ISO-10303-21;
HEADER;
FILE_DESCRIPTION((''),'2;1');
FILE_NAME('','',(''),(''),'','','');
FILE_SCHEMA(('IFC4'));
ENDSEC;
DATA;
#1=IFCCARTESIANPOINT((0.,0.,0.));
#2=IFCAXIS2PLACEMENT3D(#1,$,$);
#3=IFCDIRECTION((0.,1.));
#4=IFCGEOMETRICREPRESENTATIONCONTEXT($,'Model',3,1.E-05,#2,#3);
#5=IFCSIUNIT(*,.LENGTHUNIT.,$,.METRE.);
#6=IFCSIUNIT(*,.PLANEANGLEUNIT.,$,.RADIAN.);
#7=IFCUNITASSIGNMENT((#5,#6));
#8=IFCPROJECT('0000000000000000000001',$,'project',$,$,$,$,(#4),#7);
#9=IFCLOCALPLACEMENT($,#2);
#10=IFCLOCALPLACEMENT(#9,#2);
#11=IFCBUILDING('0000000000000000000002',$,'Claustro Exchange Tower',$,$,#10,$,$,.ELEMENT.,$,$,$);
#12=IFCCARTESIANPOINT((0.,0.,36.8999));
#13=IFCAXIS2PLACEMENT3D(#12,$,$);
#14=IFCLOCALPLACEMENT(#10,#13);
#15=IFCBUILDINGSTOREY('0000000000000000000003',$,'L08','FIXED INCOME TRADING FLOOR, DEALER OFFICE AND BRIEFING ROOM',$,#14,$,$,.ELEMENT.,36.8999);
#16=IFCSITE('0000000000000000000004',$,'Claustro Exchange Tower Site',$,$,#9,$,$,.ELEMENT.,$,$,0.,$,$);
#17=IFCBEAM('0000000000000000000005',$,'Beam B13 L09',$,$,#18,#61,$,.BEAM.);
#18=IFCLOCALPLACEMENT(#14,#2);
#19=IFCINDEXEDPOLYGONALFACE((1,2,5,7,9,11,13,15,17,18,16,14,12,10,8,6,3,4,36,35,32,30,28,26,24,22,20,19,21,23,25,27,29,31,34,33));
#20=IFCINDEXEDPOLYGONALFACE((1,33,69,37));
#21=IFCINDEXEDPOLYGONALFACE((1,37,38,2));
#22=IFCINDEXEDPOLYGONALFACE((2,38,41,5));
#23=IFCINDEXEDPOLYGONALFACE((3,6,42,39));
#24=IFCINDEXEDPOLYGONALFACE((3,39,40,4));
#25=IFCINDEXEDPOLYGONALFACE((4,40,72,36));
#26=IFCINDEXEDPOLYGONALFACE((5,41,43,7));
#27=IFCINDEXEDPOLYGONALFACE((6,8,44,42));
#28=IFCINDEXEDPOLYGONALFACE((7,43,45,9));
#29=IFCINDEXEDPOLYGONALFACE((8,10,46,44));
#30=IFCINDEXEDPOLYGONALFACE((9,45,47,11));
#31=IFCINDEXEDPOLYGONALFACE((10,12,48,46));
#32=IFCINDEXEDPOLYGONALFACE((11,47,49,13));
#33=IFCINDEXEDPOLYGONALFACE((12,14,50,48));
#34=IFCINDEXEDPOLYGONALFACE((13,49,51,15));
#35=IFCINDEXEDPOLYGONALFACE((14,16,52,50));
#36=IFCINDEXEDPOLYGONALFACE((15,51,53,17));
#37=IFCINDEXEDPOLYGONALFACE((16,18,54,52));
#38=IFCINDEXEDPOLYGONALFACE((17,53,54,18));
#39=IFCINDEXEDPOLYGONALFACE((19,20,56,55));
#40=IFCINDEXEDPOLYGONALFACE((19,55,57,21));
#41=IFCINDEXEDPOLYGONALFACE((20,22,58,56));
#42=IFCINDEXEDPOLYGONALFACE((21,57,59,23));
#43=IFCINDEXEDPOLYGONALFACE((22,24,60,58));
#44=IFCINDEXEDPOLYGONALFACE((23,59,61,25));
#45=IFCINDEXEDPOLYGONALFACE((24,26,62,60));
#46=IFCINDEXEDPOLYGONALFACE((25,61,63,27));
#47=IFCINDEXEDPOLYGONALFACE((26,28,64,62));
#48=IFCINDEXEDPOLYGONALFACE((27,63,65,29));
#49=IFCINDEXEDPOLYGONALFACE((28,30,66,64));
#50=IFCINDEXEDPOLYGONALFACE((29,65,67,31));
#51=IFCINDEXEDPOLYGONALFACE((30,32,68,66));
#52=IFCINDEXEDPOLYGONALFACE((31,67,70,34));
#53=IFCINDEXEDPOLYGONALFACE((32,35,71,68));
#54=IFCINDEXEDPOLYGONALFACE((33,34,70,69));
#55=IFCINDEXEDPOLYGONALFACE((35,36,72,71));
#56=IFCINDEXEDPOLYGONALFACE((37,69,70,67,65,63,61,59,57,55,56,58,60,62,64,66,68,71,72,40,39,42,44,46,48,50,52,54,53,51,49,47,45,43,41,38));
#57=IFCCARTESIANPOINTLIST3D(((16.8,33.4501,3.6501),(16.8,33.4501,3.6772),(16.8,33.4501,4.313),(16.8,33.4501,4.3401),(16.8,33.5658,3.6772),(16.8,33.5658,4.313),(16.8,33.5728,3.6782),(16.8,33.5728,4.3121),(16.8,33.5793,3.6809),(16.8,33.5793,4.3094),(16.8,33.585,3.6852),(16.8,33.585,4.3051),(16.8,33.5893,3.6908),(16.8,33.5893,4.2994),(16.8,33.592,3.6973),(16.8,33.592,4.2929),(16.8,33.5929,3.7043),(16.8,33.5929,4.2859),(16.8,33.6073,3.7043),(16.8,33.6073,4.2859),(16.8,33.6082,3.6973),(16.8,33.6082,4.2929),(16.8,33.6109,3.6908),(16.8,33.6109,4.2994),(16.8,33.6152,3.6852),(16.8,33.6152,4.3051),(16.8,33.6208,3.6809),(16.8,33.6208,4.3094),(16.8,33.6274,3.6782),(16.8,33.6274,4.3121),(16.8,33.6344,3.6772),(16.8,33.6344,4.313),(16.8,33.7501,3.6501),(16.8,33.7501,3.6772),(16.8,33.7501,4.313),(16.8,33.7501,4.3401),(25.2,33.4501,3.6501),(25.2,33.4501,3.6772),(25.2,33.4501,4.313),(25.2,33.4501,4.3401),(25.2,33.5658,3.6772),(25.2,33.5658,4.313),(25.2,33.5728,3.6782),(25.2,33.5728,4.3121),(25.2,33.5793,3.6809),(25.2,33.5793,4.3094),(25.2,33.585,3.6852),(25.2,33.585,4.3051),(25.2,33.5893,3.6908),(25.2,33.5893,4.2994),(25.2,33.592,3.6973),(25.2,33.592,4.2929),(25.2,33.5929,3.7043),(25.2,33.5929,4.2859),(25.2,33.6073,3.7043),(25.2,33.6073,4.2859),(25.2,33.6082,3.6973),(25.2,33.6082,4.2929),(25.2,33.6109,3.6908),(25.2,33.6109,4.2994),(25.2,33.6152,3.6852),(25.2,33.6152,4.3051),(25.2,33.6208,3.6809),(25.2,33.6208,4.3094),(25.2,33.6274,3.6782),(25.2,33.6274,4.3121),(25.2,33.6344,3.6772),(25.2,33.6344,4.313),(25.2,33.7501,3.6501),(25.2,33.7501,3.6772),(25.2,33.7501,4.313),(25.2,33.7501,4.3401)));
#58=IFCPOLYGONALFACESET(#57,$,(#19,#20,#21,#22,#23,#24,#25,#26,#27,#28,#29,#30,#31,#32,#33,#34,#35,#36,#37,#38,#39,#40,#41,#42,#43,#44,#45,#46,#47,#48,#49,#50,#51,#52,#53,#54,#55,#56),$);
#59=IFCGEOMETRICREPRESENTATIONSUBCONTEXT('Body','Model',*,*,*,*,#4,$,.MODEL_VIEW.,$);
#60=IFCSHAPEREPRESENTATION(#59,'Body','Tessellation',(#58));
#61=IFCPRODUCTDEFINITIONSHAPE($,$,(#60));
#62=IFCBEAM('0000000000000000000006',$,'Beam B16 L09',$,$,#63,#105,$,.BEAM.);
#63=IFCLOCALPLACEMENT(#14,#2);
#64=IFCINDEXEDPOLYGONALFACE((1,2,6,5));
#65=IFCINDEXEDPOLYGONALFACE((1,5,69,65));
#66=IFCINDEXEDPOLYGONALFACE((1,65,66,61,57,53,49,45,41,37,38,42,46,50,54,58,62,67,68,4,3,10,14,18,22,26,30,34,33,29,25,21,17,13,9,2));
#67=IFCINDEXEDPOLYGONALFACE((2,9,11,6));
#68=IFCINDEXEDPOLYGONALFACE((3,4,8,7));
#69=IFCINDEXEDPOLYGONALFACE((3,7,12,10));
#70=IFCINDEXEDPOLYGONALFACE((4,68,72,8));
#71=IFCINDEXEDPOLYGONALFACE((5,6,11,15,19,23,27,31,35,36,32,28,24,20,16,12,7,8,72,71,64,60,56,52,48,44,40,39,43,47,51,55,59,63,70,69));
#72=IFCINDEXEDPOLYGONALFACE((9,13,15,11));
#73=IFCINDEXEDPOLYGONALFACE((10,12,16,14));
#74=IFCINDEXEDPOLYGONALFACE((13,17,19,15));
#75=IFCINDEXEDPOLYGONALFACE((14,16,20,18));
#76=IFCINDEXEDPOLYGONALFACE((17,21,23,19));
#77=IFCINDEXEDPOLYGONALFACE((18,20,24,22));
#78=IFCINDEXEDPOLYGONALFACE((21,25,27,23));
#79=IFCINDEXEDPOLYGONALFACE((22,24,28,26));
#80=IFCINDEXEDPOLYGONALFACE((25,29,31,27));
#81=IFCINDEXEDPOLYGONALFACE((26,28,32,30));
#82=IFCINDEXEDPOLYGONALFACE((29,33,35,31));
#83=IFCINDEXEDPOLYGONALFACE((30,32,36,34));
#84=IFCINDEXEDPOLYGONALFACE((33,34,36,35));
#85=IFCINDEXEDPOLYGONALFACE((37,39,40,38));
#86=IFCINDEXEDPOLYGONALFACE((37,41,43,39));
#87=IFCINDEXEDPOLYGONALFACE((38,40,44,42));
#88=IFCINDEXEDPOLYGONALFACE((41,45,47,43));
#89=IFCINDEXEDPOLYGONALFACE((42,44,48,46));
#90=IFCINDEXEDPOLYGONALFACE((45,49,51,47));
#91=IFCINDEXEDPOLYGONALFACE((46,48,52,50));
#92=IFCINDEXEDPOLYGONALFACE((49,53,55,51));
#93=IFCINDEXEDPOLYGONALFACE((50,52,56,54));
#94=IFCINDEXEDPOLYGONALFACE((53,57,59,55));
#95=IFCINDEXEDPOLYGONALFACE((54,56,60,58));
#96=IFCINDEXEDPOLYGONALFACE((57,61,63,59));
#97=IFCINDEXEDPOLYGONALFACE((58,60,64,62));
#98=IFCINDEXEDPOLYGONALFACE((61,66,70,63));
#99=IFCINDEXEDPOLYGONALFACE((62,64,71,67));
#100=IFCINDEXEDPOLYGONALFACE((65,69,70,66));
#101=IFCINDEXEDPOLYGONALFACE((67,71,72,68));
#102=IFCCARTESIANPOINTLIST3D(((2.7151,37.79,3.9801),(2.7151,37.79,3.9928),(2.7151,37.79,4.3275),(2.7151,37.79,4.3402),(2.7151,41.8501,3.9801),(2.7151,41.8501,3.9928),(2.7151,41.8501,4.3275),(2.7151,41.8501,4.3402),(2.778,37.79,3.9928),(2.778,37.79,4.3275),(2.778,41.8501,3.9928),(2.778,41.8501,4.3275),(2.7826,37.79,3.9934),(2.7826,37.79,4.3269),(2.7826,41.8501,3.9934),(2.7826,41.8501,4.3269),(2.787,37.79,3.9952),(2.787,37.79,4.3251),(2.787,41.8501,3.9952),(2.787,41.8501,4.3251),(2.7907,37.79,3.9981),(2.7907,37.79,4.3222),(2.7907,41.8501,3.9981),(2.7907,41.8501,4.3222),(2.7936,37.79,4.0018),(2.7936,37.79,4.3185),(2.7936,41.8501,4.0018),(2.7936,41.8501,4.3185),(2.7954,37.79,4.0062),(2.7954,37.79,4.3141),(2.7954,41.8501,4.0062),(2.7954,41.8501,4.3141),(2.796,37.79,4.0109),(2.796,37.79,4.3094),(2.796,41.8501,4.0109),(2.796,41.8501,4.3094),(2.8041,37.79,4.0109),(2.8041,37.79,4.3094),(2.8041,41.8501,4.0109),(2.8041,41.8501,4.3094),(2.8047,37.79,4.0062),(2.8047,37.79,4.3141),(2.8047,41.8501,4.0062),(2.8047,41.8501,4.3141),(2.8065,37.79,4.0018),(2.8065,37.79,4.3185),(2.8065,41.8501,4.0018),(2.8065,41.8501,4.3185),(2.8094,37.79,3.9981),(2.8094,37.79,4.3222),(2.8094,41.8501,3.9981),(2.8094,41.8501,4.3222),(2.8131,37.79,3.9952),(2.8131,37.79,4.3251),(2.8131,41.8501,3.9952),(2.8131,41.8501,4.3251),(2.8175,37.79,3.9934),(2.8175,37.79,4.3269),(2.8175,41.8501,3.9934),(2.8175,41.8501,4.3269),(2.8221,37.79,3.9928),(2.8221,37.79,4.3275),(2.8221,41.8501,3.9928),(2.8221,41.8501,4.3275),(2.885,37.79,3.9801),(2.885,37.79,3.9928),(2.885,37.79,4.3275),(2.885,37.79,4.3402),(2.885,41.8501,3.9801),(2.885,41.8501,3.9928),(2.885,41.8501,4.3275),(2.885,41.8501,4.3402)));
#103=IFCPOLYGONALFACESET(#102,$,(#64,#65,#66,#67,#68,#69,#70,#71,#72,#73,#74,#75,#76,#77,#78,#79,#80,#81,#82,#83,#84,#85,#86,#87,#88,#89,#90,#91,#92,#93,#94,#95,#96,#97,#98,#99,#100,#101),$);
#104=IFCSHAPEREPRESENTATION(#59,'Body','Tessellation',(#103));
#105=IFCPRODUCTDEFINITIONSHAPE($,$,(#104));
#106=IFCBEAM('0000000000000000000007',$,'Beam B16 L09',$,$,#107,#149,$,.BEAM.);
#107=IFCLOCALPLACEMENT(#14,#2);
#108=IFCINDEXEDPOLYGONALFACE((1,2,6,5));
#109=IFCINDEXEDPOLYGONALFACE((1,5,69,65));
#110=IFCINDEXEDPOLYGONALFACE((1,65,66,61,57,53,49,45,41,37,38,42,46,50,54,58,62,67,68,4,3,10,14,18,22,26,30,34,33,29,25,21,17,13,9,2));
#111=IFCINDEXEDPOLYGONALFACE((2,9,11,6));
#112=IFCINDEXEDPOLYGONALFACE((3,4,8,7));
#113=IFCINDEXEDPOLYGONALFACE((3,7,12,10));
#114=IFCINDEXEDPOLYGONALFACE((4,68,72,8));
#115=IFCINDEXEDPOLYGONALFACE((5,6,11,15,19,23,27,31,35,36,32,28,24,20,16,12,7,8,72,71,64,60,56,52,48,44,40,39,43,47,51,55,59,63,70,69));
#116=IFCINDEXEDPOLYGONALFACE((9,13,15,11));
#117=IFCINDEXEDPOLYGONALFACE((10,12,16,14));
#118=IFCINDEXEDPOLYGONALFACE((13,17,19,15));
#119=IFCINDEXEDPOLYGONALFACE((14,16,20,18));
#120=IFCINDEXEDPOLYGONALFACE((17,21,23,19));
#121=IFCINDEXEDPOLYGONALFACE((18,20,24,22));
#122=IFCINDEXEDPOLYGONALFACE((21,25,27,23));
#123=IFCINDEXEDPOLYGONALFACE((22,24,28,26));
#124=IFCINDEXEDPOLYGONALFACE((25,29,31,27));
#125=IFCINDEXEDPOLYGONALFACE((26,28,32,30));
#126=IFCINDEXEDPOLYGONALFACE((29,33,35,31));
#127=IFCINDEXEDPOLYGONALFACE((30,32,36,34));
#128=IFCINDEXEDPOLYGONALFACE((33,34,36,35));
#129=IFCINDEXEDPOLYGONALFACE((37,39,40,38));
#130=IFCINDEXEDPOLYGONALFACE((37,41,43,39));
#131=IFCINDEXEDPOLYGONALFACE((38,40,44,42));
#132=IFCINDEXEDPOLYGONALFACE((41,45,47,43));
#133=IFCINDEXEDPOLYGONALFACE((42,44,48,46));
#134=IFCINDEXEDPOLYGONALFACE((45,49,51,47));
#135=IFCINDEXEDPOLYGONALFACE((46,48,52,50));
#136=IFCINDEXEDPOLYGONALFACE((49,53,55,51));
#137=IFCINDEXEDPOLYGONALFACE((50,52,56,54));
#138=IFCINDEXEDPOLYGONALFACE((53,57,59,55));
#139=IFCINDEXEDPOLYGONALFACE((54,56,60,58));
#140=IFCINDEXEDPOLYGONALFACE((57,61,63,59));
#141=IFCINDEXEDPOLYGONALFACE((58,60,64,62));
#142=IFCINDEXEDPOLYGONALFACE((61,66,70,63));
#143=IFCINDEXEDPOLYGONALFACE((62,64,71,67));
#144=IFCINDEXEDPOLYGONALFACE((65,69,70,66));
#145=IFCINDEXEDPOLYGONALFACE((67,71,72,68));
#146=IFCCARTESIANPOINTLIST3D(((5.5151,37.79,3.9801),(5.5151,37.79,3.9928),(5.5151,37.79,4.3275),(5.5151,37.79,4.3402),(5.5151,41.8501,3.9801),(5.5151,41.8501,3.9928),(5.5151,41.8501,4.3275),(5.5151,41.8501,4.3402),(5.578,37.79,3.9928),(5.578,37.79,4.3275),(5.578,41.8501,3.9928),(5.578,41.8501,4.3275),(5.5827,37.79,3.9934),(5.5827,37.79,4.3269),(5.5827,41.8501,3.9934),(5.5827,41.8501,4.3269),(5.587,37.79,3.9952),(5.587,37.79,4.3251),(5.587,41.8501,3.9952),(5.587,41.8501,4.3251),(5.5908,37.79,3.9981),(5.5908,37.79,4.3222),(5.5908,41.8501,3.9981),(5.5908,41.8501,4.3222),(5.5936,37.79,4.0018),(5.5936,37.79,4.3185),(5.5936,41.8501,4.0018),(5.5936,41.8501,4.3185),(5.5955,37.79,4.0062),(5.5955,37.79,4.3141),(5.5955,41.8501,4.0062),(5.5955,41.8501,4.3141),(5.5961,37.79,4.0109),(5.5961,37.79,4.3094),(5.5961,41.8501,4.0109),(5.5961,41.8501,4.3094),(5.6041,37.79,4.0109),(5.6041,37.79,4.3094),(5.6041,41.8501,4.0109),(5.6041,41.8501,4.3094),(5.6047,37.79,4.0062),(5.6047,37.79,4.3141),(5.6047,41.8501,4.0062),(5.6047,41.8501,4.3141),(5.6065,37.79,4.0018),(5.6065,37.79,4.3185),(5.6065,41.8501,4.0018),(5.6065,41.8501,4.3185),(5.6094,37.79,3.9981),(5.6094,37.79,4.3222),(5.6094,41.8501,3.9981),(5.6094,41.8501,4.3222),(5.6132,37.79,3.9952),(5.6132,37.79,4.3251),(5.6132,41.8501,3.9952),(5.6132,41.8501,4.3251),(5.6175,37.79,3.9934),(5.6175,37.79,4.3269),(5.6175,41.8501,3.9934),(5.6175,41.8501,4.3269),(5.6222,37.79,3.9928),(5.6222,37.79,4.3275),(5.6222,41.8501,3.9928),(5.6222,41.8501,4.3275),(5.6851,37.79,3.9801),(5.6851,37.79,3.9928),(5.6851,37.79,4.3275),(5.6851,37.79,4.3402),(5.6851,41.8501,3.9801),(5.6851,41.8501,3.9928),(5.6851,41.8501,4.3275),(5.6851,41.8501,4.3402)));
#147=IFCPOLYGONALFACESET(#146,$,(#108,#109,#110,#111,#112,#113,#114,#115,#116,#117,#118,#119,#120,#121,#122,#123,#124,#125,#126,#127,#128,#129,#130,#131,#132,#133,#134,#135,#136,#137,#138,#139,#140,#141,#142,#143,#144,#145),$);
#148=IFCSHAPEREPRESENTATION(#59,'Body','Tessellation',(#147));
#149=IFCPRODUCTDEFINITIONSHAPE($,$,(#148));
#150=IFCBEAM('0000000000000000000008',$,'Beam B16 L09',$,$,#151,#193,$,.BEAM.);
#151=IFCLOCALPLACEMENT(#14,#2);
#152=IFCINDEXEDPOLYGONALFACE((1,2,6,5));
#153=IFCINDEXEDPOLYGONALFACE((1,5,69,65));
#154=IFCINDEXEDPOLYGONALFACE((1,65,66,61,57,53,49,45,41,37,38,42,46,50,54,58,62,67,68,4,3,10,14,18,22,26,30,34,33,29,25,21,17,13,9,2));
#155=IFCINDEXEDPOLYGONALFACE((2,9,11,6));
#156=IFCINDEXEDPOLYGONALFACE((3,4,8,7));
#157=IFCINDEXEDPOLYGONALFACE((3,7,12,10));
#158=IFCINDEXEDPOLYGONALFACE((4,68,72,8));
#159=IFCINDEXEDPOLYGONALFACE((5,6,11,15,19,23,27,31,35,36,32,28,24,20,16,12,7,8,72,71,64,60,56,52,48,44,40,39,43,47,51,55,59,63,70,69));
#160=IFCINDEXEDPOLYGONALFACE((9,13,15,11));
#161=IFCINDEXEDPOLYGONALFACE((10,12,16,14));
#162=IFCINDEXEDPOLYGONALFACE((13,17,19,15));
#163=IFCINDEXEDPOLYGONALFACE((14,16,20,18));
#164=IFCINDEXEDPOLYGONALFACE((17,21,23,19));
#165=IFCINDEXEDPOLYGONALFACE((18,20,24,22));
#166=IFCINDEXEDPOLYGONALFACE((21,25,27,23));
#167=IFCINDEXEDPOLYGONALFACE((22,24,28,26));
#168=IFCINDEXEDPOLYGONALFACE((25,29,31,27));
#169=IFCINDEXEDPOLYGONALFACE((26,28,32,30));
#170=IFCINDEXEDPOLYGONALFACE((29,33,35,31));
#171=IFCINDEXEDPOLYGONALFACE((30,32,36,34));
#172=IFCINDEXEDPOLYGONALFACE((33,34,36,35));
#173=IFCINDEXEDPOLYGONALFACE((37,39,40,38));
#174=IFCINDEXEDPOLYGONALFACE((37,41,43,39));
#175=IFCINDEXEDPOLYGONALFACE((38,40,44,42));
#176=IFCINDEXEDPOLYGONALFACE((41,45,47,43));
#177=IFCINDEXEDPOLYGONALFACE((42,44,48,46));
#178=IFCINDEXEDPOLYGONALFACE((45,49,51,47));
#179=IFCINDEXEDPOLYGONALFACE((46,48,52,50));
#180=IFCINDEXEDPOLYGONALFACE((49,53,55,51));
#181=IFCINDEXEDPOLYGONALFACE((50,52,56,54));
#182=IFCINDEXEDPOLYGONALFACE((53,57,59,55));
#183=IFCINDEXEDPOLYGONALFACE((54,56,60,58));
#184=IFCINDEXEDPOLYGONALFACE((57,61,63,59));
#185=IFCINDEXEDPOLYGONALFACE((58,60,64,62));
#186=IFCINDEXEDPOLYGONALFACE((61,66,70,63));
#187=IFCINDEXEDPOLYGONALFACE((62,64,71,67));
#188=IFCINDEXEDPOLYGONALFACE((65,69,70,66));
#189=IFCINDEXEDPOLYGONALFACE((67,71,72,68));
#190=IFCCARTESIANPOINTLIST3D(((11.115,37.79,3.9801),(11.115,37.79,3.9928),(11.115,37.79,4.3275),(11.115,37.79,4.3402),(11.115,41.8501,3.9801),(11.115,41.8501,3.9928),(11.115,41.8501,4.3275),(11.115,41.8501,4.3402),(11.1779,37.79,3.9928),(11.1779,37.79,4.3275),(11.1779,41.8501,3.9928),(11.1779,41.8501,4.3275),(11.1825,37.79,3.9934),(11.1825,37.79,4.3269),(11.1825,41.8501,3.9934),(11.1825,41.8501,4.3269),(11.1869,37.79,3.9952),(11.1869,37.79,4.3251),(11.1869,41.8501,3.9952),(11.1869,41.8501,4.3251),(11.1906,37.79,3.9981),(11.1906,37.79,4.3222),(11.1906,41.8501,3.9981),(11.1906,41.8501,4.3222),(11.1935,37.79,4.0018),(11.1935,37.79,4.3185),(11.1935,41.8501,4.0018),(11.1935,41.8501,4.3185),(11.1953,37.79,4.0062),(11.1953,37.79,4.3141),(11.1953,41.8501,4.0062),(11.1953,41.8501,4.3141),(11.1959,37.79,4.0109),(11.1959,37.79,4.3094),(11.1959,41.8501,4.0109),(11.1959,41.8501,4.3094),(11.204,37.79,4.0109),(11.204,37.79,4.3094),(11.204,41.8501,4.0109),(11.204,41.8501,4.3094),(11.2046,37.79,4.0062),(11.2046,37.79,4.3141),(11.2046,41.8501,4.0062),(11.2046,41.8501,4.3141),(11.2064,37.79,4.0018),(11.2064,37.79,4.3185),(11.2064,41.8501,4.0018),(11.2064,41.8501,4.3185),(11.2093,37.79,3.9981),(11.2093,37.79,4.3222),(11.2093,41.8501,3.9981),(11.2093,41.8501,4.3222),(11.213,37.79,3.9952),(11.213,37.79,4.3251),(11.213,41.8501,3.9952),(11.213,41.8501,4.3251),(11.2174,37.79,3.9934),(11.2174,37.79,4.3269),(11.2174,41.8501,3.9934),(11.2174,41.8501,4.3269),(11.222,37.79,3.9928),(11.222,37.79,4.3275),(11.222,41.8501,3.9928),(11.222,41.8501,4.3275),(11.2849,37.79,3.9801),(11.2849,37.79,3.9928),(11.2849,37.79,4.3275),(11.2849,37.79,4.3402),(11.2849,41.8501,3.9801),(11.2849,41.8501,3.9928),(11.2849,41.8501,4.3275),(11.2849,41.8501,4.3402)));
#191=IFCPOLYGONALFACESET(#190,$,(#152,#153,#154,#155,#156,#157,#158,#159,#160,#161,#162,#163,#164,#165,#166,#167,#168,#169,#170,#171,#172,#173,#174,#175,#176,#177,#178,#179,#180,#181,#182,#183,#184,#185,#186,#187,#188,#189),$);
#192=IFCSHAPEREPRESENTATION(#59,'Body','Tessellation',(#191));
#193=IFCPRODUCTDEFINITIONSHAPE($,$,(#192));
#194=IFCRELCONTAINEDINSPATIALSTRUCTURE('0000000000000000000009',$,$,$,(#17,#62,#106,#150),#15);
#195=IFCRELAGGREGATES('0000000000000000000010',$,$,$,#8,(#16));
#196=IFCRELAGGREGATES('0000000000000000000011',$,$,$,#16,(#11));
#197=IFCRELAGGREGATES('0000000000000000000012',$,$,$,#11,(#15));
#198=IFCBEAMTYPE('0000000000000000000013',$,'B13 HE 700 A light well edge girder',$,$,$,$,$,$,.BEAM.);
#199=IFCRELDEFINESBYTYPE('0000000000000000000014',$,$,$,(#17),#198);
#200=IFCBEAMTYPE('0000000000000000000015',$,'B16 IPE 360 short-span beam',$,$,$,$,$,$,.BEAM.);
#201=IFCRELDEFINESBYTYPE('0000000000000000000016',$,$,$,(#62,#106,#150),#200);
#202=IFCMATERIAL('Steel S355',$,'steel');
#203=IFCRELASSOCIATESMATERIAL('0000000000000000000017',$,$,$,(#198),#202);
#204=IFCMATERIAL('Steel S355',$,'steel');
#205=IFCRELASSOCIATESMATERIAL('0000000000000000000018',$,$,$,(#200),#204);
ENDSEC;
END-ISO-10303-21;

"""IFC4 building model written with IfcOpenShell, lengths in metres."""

from ifc_helpers import new_model, si_unit, direction, frame, origin, origin_2d, place, context, subcontext, project, spatial, i_section, extrude, material, material_profile, profile_set, type_object, element, save


model = new_model("IFC4")

# Units and contexts
model_context = context("Model", 3, precision=1e-05, world=origin(), true_north=direction((0.0, 1.0)))
body_context = subcontext(model_context, "Body", "Model", "MODEL_VIEW")
ifc_project = project(units=[si_unit("LENGTHUNIT", "METRE"), si_unit("PLANEANGLEUNIT", "RADIAN")], contexts=[model_context])

# Site, building, storey
site_placement = place(None, origin())
site = spatial("IfcSite", under=ifc_project, at=site_placement, Name="Claustro Exchange Tower Site", CompositionType="ELEMENT", RefElevation=0.0)
building_placement = place(site_placement, origin())
building = spatial("IfcBuilding", under=site, at=building_placement, Name="Claustro Exchange Tower", CompositionType="ELEMENT")
storey_placement = place(building_placement, frame((0.0, 0.0, 36.8999)))
storey = spatial("IfcBuildingStorey", under=building, at=storey_placement, Name="L08", Description="FIXED INCOME TRADING FLOOR, DEALER OFFICE AND BRIEFING ROOM", CompositionType="ELEMENT", Elevation=36.8999)

# Beams
ifc_material_1 = material(Name="Steel S355", Category="steel")
ifc_material_profile_1 = material_profile(ifc_material_1, i_section(OverallWidth=0.3, OverallDepth=0.6899, WebThickness=0.0144, FlangeThickness=0.0271, FilletRadius=0.0271, at=origin_2d()), Name="HE 700 A")
ifc_profile_set_1 = profile_set([ifc_material_profile_1], Name="Steel S355")
beam_type_1 = type_object("IfcBeamType", Name="B13 HE 700 A light well edge girder", PredefinedType="BEAM", material=ifc_profile_set_1)
beam_1_placement = place(storey_placement, frame((16.8, 33.6001, 3.9951), z_axis=(1.0, 0.0, 0.0), x_axis=(0.0, 1.0, 0.0)))
element("IfcBeam", 1, at=beam_1_placement, inside=storey, type_object=beam_type_1, Name="Beam B13 L09", PredefinedType="BEAM", context=body_context, shape_type="SweptSolid", body=[
    extrude(i_section(OverallWidth=0.3, OverallDepth=0.6899, WebThickness=0.0144, FlangeThickness=0.0271, FilletRadius=0.0271, at=origin_2d()), origin(), (0.0, 0.0, 1.0), 8.3999),
])
ifc_material_2 = material(Name="Steel S355", Category="steel")
ifc_material_profile_2 = material_profile(ifc_material_2, i_section(OverallWidth=0.1699, OverallDepth=0.3601, WebThickness=0.0081, FlangeThickness=0.0127, FilletRadius=0.0181, at=origin_2d()), Name="IPE 360")
ifc_profile_set_2 = profile_set([ifc_material_profile_2], Name="Steel S355")
beam_type_2 = type_object("IfcBeamType", Name="B16 IPE 360 short-span beam", PredefinedType="BEAM", material=ifc_profile_set_2)
for number, where, z_axis, x_axis, name in (
    (2, (2.8, 37.79, 4.1602), (0.0, 1.0, 0.0), (-1.0, 0.0, 0.0), "Beam B16 L09"),
    (3, (5.6001, 37.79, 4.1602), (0.0, 1.0, 0.0), (-1.0, 0.0, 0.0), "Beam B16 L09"),
    (4, (11.2, 37.79, 4.1602), (0.0, 1.0, 0.0), (-1.0, 0.0, 0.0), "Beam B16 L09"),
):
    element("IfcBeam", number, at=place(storey_placement, frame(where, z_axis=z_axis, x_axis=x_axis)), inside=storey, type_object=beam_type_2, Name=name, PredefinedType="BEAM", context=body_context, shape_type="SweptSolid", body=[
        extrude(i_section(OverallWidth=0.1699, OverallDepth=0.3601, WebThickness=0.0081, FlangeThickness=0.0127, FilletRadius=0.0181, at=origin_2d()), origin(), (0.0, 0.0, 1.0), 4.0601),
    ])

save(model, "model.ifc")
